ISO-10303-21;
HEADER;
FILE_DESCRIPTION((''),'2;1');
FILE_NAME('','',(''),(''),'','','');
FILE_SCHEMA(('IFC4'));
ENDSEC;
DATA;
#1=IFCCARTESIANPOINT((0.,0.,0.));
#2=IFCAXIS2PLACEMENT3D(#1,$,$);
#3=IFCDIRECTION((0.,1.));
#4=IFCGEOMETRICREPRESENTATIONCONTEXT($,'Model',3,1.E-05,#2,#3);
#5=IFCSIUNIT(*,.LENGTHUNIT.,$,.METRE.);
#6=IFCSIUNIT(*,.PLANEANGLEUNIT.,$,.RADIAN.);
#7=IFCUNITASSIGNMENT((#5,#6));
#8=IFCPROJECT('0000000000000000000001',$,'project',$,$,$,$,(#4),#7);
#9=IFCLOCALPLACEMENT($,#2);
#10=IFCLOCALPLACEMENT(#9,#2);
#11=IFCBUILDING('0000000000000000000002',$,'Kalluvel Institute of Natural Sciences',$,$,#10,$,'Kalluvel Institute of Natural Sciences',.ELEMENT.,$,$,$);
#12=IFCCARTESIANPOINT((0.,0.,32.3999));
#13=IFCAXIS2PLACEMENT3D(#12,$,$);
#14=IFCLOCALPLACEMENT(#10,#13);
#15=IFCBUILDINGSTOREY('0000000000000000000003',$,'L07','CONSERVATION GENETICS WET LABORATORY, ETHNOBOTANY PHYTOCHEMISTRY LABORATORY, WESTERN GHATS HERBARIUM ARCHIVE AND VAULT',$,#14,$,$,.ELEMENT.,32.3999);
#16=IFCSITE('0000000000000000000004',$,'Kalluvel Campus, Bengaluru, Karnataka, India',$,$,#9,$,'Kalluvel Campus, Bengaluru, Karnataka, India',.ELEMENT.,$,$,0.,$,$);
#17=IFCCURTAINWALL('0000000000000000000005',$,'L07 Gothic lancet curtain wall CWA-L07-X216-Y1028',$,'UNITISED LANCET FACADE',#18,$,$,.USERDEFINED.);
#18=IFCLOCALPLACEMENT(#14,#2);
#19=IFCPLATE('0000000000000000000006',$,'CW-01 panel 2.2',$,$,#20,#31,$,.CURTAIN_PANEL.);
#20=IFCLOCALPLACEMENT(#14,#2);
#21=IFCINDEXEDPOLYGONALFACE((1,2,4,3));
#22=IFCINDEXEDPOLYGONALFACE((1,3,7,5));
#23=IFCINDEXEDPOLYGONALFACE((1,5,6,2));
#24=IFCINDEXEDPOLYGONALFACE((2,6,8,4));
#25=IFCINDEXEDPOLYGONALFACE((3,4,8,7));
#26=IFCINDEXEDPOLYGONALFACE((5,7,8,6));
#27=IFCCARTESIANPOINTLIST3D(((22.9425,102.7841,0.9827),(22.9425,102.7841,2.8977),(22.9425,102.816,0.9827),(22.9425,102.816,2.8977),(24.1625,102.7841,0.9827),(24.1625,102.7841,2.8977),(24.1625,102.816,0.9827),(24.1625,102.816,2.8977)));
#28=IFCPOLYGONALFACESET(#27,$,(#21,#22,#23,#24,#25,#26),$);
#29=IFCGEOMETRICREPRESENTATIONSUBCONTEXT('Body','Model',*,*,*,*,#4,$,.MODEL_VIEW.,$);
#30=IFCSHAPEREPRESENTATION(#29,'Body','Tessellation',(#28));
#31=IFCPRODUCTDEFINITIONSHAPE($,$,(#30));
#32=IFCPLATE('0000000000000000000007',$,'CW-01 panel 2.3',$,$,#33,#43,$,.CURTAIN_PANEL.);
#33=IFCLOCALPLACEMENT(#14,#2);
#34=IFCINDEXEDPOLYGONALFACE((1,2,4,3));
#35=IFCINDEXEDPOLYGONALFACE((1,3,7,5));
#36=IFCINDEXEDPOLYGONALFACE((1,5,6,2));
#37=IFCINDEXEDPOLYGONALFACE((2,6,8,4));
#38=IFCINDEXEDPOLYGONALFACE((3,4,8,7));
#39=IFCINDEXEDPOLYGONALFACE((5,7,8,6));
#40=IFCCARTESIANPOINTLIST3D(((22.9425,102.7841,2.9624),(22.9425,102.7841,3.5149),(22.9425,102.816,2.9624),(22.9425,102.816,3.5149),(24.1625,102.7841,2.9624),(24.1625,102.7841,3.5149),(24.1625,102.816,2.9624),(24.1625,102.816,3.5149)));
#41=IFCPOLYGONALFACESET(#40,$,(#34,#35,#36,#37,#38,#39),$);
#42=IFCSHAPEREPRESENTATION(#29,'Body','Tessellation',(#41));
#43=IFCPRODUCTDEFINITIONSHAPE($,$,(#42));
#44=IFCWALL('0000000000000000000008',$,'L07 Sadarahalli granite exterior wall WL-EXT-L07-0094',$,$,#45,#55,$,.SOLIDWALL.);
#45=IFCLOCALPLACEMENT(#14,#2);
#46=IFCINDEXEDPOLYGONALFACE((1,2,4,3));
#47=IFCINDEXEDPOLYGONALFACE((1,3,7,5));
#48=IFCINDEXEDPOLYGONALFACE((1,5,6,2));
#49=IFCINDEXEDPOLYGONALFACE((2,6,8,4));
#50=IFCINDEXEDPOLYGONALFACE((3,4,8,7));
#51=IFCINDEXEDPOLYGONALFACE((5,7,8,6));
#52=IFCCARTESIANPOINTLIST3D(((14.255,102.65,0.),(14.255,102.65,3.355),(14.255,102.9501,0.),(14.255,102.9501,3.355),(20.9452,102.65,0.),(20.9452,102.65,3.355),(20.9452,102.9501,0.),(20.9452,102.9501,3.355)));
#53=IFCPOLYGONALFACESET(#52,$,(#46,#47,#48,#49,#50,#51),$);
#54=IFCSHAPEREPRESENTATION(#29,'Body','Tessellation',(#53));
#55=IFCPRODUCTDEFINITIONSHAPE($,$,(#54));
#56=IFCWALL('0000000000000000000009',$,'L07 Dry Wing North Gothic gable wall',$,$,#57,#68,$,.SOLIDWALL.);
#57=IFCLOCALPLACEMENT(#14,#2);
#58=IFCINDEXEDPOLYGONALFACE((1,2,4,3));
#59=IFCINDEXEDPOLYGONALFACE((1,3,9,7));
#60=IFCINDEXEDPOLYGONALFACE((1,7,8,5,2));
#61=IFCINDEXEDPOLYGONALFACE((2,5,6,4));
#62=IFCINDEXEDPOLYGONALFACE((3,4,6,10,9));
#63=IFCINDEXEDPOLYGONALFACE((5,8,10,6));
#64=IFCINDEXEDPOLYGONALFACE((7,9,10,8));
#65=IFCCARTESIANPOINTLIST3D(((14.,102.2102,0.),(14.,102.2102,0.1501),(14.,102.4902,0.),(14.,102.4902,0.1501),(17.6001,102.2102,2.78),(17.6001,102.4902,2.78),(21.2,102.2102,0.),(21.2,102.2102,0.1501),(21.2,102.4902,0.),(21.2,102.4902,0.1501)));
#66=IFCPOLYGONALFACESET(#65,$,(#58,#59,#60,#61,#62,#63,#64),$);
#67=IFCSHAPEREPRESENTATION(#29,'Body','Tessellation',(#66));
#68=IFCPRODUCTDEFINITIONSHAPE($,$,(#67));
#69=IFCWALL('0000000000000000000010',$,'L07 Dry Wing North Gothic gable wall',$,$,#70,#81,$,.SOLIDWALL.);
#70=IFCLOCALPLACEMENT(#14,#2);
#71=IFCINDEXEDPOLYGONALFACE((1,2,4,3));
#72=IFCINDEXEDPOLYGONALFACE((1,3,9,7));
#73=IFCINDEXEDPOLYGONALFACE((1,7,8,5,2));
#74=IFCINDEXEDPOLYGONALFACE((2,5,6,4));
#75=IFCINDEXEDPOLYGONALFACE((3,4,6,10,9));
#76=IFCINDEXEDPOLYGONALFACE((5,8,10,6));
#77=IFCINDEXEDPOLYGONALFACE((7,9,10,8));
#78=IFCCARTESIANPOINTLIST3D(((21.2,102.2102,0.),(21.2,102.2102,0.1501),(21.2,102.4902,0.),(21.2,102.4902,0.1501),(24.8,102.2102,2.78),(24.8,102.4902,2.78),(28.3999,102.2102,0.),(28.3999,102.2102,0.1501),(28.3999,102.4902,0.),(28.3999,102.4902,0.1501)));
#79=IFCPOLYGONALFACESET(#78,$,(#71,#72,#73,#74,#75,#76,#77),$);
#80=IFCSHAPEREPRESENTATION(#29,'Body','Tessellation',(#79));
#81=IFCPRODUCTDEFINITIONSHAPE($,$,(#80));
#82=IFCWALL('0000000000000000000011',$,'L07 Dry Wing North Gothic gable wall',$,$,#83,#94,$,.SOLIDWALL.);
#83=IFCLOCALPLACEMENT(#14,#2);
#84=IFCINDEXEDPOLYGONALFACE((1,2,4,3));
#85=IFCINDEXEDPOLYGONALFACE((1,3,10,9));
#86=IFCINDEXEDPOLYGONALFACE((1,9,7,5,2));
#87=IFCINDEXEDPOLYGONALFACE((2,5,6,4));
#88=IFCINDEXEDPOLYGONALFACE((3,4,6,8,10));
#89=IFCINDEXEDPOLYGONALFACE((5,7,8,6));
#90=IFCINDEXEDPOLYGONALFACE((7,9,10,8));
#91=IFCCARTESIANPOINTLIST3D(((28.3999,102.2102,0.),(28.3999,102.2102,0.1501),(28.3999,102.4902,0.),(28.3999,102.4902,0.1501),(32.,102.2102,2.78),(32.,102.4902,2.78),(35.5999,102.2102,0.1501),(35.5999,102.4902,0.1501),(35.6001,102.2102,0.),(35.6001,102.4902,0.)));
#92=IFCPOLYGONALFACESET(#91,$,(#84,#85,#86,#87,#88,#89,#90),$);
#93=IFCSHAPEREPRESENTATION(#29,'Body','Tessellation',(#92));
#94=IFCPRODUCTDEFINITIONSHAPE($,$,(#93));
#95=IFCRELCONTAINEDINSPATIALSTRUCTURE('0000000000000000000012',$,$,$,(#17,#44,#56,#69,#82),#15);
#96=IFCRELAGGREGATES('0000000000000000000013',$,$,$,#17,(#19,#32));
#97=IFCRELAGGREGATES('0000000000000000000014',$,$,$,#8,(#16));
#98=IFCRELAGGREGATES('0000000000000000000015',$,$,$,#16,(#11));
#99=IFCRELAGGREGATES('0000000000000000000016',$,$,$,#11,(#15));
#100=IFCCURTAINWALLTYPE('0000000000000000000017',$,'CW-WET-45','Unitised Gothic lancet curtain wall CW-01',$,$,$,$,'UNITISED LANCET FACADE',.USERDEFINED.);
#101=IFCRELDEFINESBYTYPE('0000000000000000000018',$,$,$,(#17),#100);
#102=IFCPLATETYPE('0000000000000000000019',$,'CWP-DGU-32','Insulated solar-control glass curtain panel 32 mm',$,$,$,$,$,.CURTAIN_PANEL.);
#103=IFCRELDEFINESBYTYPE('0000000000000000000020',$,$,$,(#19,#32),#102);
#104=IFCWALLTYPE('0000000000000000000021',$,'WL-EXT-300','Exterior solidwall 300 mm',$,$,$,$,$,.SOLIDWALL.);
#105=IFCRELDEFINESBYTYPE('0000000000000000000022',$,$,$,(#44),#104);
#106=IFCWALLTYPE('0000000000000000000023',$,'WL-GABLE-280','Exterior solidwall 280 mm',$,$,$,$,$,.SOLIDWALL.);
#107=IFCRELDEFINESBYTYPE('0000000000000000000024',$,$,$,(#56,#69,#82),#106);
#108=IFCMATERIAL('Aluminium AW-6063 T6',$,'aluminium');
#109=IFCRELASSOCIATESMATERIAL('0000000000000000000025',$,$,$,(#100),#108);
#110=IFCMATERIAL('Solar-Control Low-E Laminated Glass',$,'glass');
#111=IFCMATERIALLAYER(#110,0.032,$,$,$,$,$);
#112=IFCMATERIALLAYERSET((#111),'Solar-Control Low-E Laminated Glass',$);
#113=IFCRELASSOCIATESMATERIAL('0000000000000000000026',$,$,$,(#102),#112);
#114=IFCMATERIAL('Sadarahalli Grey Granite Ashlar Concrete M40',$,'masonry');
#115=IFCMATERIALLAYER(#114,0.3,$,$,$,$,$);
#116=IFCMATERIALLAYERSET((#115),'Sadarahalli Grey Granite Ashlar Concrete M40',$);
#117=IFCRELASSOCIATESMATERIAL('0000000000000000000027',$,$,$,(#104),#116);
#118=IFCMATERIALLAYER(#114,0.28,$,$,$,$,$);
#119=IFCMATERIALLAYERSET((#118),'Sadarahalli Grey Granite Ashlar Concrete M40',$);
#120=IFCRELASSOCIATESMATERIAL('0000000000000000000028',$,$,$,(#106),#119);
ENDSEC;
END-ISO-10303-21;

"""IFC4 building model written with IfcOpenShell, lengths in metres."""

from ifc_helpers import new_model, si_unit, direction, frame, frame_2d, origin, origin_2d, place, context, subcontext, project, spatial, polyline, rectangle, outline, extrude, material, layer, layer_set, type_object, element, aggregate, save


model = new_model("IFC4")

# Units and contexts
model_context = context("Model", 3, precision=1e-05, world=origin(), true_north=direction((0.0, 1.0)))
body_context = subcontext(model_context, "Body", "Model", "MODEL_VIEW")
ifc_project = project(units=[si_unit("LENGTHUNIT", "METRE"), si_unit("PLANEANGLEUNIT", "RADIAN")], contexts=[model_context])

# Site, building, storey
site_placement = place(None, origin())
site = spatial("IfcSite", under=ifc_project, at=site_placement, Name="Kalluvel Campus, Bengaluru, Karnataka, India", LongName="Kalluvel Campus, Bengaluru, Karnataka, India", CompositionType="ELEMENT", RefElevation=0.0)
building_placement = place(site_placement, origin())
building = spatial("IfcBuilding", under=site, at=building_placement, Name="Kalluvel Institute of Natural Sciences", LongName="Kalluvel Institute of Natural Sciences", CompositionType="ELEMENT")
storey_placement = place(building_placement, frame((0.0, 0.0, 32.3999)))
storey = spatial("IfcBuildingStorey", under=building, at=storey_placement, Name="L07", Description="CONSERVATION GENETICS WET LABORATORY, ETHNOBOTANY PHYTOCHEMISTRY LABORATORY, WESTERN GHATS HERBARIUM ARCHIVE AND VAULT", CompositionType="ELEMENT", Elevation=32.3999)

# Curtain wall
ifc_material_1 = material(Name="Aluminium AW-6063 T6", Category="aluminium")
curtain_wall_type = type_object("IfcCurtainWallType", Name="CW-WET-45", Description="Unitised Gothic lancet curtain wall CW-01", ElementType="UNITISED LANCET FACADE", PredefinedType="USERDEFINED", material=ifc_material_1)
curtain_wall_placement = place(storey_placement, origin())
curtain_wall = element("IfcCurtainWall", 1, at=curtain_wall_placement, inside=storey, type_object=curtain_wall_type, Name="L07 Gothic lancet curtain wall CWA-L07-X216-Y1028", ObjectType="UNITISED LANCET FACADE", PredefinedType="USERDEFINED")

# Plates
ifc_material_2 = material(Name="Solar-Control Low-E Laminated Glass", Category="glass")
ifc_layer_1 = layer(ifc_material_2, 0.032)
ifc_layer_set_1 = layer_set([ifc_layer_1], Name="Solar-Control Low-E Laminated Glass")
plate_type = type_object("IfcPlateType", Name="CWP-DGU-32", Description="Insulated solar-control glass curtain panel 32 mm", PredefinedType="CURTAIN_PANEL", material=ifc_layer_set_1)
plate_1_placement = place(storey_placement, frame((23.5525, 102.8, 0.9827), z_axis=(0.0, 0.0, 1.0), x_axis=(1.0, 0.0, 0.0)))
plate_1 = element("IfcPlate", 2, at=plate_1_placement, type_object=plate_type, Name="CW-01 panel 2.2", PredefinedType="CURTAIN_PANEL", context=body_context, shape_type="SweptSolid", body=[
    extrude(rectangle(XDim=1.22, YDim=0.032, at=origin_2d()), origin(), (0.0, 0.0, 1.0), 1.915),
])
plate_2_placement = place(storey_placement, frame((23.5525, 102.8, 2.9624), z_axis=(0.0, 0.0, 1.0), x_axis=(1.0, 0.0, 0.0)))
plate_2 = element("IfcPlate", 3, at=plate_2_placement, type_object=plate_type, Name="CW-01 panel 2.3", PredefinedType="CURTAIN_PANEL", context=body_context, shape_type="SweptSolid", body=[
    extrude(rectangle(XDim=1.22, YDim=0.032, at=origin_2d()), origin(), (0.0, 0.0, 1.0), 0.5525),
])
aggregate(curtain_wall, [plate_1, plate_2])

# Walls
ifc_material_3 = material(Name="Sadarahalli Grey Granite Ashlar Concrete M40", Category="masonry")
ifc_layer_2 = layer(ifc_material_3, 0.3)
ifc_layer_set_2 = layer_set([ifc_layer_2], Name="Sadarahalli Grey Granite Ashlar Concrete M40")
wall_type_1 = type_object("IfcWallType", Name="WL-EXT-300", Description="Exterior solidwall 300 mm", PredefinedType="SOLIDWALL", material=ifc_layer_set_2)
wall_1_placement = place(storey_placement, frame((14.2549, 102.8, 0.0), z_axis=(0.0, 0.0, 1.0), x_axis=(1.0, 0.0, 0.0)))
element("IfcWall", 4, at=wall_1_placement, inside=storey, type_object=wall_type_1, Name="L07 Sadarahalli granite exterior wall WL-EXT-L07-0094", PredefinedType="SOLIDWALL", context=body_context, shape_type="SweptSolid", body=[
    extrude(rectangle(XDim=6.6902, YDim=0.3, at=frame_2d((3.3452, 0.0))), origin(), (0.0, 0.0, 1.0), 3.355),
])
ifc_layer_3 = layer(ifc_material_3, 0.28)
ifc_layer_set_3 = layer_set([ifc_layer_3], Name="Sadarahalli Grey Granite Ashlar Concrete M40")
wall_type_2 = type_object("IfcWallType", Name="WL-GABLE-280", Description="Exterior solidwall 280 mm", PredefinedType="SOLIDWALL", material=ifc_layer_set_3)
for number, where, z_axis, x_axis, name in (
    (5, (14.0, 102.3501, 0.0), (0.0, 0.0, 1.0), (1.0, 0.0, 0.0), "L07 Dry Wing North Gothic gable wall"),
    (6, (21.2, 102.3501, 0.0), (0.0, 0.0, 1.0), (1.0, 0.0, 0.0), "L07 Dry Wing North Gothic gable wall"),
):
    element("IfcWall", number, at=place(storey_placement, frame(where, z_axis=z_axis, x_axis=x_axis)), inside=storey, type_object=wall_type_2, Name=name, PredefinedType="SOLIDWALL", context=body_context, shape_type="SweptSolid", body=[
        extrude(outline(polyline([(0.0, 0.0), (7.2, 0.0), (7.2, 0.1501), (3.6001, 2.78), (0.0, 0.1501), (0.0, 0.0)])), frame((0.0, 0.1401, 0.0), z_axis=(0.0, -1.0, 0.0), x_axis=(1.0, 0.0, 0.0)), (0.0, 0.0, 1.0), 0.28),
    ])
wall_2_placement = place(storey_placement, frame((28.3999, 102.3501, 0.0), z_axis=(0.0, 0.0, 1.0), x_axis=(1.0, 0.0, 0.0)))
element("IfcWall", 7, at=wall_2_placement, inside=storey, type_object=wall_type_2, Name="L07 Dry Wing North Gothic gable wall", PredefinedType="SOLIDWALL", context=body_context, shape_type="SweptSolid", body=[
    extrude(outline(polyline([(0.0, 0.0), (7.2002, 0.0), (7.2, 0.1501), (3.6001, 2.78), (0.0, 0.1501), (0.0, 0.0)])), frame((0.0, 0.1401, 0.0), z_axis=(0.0, -1.0, 0.0), x_axis=(1.0, 0.0, 0.0)), (0.0, 0.0, 1.0), 0.28),
])

save(model, "model.ifc")
